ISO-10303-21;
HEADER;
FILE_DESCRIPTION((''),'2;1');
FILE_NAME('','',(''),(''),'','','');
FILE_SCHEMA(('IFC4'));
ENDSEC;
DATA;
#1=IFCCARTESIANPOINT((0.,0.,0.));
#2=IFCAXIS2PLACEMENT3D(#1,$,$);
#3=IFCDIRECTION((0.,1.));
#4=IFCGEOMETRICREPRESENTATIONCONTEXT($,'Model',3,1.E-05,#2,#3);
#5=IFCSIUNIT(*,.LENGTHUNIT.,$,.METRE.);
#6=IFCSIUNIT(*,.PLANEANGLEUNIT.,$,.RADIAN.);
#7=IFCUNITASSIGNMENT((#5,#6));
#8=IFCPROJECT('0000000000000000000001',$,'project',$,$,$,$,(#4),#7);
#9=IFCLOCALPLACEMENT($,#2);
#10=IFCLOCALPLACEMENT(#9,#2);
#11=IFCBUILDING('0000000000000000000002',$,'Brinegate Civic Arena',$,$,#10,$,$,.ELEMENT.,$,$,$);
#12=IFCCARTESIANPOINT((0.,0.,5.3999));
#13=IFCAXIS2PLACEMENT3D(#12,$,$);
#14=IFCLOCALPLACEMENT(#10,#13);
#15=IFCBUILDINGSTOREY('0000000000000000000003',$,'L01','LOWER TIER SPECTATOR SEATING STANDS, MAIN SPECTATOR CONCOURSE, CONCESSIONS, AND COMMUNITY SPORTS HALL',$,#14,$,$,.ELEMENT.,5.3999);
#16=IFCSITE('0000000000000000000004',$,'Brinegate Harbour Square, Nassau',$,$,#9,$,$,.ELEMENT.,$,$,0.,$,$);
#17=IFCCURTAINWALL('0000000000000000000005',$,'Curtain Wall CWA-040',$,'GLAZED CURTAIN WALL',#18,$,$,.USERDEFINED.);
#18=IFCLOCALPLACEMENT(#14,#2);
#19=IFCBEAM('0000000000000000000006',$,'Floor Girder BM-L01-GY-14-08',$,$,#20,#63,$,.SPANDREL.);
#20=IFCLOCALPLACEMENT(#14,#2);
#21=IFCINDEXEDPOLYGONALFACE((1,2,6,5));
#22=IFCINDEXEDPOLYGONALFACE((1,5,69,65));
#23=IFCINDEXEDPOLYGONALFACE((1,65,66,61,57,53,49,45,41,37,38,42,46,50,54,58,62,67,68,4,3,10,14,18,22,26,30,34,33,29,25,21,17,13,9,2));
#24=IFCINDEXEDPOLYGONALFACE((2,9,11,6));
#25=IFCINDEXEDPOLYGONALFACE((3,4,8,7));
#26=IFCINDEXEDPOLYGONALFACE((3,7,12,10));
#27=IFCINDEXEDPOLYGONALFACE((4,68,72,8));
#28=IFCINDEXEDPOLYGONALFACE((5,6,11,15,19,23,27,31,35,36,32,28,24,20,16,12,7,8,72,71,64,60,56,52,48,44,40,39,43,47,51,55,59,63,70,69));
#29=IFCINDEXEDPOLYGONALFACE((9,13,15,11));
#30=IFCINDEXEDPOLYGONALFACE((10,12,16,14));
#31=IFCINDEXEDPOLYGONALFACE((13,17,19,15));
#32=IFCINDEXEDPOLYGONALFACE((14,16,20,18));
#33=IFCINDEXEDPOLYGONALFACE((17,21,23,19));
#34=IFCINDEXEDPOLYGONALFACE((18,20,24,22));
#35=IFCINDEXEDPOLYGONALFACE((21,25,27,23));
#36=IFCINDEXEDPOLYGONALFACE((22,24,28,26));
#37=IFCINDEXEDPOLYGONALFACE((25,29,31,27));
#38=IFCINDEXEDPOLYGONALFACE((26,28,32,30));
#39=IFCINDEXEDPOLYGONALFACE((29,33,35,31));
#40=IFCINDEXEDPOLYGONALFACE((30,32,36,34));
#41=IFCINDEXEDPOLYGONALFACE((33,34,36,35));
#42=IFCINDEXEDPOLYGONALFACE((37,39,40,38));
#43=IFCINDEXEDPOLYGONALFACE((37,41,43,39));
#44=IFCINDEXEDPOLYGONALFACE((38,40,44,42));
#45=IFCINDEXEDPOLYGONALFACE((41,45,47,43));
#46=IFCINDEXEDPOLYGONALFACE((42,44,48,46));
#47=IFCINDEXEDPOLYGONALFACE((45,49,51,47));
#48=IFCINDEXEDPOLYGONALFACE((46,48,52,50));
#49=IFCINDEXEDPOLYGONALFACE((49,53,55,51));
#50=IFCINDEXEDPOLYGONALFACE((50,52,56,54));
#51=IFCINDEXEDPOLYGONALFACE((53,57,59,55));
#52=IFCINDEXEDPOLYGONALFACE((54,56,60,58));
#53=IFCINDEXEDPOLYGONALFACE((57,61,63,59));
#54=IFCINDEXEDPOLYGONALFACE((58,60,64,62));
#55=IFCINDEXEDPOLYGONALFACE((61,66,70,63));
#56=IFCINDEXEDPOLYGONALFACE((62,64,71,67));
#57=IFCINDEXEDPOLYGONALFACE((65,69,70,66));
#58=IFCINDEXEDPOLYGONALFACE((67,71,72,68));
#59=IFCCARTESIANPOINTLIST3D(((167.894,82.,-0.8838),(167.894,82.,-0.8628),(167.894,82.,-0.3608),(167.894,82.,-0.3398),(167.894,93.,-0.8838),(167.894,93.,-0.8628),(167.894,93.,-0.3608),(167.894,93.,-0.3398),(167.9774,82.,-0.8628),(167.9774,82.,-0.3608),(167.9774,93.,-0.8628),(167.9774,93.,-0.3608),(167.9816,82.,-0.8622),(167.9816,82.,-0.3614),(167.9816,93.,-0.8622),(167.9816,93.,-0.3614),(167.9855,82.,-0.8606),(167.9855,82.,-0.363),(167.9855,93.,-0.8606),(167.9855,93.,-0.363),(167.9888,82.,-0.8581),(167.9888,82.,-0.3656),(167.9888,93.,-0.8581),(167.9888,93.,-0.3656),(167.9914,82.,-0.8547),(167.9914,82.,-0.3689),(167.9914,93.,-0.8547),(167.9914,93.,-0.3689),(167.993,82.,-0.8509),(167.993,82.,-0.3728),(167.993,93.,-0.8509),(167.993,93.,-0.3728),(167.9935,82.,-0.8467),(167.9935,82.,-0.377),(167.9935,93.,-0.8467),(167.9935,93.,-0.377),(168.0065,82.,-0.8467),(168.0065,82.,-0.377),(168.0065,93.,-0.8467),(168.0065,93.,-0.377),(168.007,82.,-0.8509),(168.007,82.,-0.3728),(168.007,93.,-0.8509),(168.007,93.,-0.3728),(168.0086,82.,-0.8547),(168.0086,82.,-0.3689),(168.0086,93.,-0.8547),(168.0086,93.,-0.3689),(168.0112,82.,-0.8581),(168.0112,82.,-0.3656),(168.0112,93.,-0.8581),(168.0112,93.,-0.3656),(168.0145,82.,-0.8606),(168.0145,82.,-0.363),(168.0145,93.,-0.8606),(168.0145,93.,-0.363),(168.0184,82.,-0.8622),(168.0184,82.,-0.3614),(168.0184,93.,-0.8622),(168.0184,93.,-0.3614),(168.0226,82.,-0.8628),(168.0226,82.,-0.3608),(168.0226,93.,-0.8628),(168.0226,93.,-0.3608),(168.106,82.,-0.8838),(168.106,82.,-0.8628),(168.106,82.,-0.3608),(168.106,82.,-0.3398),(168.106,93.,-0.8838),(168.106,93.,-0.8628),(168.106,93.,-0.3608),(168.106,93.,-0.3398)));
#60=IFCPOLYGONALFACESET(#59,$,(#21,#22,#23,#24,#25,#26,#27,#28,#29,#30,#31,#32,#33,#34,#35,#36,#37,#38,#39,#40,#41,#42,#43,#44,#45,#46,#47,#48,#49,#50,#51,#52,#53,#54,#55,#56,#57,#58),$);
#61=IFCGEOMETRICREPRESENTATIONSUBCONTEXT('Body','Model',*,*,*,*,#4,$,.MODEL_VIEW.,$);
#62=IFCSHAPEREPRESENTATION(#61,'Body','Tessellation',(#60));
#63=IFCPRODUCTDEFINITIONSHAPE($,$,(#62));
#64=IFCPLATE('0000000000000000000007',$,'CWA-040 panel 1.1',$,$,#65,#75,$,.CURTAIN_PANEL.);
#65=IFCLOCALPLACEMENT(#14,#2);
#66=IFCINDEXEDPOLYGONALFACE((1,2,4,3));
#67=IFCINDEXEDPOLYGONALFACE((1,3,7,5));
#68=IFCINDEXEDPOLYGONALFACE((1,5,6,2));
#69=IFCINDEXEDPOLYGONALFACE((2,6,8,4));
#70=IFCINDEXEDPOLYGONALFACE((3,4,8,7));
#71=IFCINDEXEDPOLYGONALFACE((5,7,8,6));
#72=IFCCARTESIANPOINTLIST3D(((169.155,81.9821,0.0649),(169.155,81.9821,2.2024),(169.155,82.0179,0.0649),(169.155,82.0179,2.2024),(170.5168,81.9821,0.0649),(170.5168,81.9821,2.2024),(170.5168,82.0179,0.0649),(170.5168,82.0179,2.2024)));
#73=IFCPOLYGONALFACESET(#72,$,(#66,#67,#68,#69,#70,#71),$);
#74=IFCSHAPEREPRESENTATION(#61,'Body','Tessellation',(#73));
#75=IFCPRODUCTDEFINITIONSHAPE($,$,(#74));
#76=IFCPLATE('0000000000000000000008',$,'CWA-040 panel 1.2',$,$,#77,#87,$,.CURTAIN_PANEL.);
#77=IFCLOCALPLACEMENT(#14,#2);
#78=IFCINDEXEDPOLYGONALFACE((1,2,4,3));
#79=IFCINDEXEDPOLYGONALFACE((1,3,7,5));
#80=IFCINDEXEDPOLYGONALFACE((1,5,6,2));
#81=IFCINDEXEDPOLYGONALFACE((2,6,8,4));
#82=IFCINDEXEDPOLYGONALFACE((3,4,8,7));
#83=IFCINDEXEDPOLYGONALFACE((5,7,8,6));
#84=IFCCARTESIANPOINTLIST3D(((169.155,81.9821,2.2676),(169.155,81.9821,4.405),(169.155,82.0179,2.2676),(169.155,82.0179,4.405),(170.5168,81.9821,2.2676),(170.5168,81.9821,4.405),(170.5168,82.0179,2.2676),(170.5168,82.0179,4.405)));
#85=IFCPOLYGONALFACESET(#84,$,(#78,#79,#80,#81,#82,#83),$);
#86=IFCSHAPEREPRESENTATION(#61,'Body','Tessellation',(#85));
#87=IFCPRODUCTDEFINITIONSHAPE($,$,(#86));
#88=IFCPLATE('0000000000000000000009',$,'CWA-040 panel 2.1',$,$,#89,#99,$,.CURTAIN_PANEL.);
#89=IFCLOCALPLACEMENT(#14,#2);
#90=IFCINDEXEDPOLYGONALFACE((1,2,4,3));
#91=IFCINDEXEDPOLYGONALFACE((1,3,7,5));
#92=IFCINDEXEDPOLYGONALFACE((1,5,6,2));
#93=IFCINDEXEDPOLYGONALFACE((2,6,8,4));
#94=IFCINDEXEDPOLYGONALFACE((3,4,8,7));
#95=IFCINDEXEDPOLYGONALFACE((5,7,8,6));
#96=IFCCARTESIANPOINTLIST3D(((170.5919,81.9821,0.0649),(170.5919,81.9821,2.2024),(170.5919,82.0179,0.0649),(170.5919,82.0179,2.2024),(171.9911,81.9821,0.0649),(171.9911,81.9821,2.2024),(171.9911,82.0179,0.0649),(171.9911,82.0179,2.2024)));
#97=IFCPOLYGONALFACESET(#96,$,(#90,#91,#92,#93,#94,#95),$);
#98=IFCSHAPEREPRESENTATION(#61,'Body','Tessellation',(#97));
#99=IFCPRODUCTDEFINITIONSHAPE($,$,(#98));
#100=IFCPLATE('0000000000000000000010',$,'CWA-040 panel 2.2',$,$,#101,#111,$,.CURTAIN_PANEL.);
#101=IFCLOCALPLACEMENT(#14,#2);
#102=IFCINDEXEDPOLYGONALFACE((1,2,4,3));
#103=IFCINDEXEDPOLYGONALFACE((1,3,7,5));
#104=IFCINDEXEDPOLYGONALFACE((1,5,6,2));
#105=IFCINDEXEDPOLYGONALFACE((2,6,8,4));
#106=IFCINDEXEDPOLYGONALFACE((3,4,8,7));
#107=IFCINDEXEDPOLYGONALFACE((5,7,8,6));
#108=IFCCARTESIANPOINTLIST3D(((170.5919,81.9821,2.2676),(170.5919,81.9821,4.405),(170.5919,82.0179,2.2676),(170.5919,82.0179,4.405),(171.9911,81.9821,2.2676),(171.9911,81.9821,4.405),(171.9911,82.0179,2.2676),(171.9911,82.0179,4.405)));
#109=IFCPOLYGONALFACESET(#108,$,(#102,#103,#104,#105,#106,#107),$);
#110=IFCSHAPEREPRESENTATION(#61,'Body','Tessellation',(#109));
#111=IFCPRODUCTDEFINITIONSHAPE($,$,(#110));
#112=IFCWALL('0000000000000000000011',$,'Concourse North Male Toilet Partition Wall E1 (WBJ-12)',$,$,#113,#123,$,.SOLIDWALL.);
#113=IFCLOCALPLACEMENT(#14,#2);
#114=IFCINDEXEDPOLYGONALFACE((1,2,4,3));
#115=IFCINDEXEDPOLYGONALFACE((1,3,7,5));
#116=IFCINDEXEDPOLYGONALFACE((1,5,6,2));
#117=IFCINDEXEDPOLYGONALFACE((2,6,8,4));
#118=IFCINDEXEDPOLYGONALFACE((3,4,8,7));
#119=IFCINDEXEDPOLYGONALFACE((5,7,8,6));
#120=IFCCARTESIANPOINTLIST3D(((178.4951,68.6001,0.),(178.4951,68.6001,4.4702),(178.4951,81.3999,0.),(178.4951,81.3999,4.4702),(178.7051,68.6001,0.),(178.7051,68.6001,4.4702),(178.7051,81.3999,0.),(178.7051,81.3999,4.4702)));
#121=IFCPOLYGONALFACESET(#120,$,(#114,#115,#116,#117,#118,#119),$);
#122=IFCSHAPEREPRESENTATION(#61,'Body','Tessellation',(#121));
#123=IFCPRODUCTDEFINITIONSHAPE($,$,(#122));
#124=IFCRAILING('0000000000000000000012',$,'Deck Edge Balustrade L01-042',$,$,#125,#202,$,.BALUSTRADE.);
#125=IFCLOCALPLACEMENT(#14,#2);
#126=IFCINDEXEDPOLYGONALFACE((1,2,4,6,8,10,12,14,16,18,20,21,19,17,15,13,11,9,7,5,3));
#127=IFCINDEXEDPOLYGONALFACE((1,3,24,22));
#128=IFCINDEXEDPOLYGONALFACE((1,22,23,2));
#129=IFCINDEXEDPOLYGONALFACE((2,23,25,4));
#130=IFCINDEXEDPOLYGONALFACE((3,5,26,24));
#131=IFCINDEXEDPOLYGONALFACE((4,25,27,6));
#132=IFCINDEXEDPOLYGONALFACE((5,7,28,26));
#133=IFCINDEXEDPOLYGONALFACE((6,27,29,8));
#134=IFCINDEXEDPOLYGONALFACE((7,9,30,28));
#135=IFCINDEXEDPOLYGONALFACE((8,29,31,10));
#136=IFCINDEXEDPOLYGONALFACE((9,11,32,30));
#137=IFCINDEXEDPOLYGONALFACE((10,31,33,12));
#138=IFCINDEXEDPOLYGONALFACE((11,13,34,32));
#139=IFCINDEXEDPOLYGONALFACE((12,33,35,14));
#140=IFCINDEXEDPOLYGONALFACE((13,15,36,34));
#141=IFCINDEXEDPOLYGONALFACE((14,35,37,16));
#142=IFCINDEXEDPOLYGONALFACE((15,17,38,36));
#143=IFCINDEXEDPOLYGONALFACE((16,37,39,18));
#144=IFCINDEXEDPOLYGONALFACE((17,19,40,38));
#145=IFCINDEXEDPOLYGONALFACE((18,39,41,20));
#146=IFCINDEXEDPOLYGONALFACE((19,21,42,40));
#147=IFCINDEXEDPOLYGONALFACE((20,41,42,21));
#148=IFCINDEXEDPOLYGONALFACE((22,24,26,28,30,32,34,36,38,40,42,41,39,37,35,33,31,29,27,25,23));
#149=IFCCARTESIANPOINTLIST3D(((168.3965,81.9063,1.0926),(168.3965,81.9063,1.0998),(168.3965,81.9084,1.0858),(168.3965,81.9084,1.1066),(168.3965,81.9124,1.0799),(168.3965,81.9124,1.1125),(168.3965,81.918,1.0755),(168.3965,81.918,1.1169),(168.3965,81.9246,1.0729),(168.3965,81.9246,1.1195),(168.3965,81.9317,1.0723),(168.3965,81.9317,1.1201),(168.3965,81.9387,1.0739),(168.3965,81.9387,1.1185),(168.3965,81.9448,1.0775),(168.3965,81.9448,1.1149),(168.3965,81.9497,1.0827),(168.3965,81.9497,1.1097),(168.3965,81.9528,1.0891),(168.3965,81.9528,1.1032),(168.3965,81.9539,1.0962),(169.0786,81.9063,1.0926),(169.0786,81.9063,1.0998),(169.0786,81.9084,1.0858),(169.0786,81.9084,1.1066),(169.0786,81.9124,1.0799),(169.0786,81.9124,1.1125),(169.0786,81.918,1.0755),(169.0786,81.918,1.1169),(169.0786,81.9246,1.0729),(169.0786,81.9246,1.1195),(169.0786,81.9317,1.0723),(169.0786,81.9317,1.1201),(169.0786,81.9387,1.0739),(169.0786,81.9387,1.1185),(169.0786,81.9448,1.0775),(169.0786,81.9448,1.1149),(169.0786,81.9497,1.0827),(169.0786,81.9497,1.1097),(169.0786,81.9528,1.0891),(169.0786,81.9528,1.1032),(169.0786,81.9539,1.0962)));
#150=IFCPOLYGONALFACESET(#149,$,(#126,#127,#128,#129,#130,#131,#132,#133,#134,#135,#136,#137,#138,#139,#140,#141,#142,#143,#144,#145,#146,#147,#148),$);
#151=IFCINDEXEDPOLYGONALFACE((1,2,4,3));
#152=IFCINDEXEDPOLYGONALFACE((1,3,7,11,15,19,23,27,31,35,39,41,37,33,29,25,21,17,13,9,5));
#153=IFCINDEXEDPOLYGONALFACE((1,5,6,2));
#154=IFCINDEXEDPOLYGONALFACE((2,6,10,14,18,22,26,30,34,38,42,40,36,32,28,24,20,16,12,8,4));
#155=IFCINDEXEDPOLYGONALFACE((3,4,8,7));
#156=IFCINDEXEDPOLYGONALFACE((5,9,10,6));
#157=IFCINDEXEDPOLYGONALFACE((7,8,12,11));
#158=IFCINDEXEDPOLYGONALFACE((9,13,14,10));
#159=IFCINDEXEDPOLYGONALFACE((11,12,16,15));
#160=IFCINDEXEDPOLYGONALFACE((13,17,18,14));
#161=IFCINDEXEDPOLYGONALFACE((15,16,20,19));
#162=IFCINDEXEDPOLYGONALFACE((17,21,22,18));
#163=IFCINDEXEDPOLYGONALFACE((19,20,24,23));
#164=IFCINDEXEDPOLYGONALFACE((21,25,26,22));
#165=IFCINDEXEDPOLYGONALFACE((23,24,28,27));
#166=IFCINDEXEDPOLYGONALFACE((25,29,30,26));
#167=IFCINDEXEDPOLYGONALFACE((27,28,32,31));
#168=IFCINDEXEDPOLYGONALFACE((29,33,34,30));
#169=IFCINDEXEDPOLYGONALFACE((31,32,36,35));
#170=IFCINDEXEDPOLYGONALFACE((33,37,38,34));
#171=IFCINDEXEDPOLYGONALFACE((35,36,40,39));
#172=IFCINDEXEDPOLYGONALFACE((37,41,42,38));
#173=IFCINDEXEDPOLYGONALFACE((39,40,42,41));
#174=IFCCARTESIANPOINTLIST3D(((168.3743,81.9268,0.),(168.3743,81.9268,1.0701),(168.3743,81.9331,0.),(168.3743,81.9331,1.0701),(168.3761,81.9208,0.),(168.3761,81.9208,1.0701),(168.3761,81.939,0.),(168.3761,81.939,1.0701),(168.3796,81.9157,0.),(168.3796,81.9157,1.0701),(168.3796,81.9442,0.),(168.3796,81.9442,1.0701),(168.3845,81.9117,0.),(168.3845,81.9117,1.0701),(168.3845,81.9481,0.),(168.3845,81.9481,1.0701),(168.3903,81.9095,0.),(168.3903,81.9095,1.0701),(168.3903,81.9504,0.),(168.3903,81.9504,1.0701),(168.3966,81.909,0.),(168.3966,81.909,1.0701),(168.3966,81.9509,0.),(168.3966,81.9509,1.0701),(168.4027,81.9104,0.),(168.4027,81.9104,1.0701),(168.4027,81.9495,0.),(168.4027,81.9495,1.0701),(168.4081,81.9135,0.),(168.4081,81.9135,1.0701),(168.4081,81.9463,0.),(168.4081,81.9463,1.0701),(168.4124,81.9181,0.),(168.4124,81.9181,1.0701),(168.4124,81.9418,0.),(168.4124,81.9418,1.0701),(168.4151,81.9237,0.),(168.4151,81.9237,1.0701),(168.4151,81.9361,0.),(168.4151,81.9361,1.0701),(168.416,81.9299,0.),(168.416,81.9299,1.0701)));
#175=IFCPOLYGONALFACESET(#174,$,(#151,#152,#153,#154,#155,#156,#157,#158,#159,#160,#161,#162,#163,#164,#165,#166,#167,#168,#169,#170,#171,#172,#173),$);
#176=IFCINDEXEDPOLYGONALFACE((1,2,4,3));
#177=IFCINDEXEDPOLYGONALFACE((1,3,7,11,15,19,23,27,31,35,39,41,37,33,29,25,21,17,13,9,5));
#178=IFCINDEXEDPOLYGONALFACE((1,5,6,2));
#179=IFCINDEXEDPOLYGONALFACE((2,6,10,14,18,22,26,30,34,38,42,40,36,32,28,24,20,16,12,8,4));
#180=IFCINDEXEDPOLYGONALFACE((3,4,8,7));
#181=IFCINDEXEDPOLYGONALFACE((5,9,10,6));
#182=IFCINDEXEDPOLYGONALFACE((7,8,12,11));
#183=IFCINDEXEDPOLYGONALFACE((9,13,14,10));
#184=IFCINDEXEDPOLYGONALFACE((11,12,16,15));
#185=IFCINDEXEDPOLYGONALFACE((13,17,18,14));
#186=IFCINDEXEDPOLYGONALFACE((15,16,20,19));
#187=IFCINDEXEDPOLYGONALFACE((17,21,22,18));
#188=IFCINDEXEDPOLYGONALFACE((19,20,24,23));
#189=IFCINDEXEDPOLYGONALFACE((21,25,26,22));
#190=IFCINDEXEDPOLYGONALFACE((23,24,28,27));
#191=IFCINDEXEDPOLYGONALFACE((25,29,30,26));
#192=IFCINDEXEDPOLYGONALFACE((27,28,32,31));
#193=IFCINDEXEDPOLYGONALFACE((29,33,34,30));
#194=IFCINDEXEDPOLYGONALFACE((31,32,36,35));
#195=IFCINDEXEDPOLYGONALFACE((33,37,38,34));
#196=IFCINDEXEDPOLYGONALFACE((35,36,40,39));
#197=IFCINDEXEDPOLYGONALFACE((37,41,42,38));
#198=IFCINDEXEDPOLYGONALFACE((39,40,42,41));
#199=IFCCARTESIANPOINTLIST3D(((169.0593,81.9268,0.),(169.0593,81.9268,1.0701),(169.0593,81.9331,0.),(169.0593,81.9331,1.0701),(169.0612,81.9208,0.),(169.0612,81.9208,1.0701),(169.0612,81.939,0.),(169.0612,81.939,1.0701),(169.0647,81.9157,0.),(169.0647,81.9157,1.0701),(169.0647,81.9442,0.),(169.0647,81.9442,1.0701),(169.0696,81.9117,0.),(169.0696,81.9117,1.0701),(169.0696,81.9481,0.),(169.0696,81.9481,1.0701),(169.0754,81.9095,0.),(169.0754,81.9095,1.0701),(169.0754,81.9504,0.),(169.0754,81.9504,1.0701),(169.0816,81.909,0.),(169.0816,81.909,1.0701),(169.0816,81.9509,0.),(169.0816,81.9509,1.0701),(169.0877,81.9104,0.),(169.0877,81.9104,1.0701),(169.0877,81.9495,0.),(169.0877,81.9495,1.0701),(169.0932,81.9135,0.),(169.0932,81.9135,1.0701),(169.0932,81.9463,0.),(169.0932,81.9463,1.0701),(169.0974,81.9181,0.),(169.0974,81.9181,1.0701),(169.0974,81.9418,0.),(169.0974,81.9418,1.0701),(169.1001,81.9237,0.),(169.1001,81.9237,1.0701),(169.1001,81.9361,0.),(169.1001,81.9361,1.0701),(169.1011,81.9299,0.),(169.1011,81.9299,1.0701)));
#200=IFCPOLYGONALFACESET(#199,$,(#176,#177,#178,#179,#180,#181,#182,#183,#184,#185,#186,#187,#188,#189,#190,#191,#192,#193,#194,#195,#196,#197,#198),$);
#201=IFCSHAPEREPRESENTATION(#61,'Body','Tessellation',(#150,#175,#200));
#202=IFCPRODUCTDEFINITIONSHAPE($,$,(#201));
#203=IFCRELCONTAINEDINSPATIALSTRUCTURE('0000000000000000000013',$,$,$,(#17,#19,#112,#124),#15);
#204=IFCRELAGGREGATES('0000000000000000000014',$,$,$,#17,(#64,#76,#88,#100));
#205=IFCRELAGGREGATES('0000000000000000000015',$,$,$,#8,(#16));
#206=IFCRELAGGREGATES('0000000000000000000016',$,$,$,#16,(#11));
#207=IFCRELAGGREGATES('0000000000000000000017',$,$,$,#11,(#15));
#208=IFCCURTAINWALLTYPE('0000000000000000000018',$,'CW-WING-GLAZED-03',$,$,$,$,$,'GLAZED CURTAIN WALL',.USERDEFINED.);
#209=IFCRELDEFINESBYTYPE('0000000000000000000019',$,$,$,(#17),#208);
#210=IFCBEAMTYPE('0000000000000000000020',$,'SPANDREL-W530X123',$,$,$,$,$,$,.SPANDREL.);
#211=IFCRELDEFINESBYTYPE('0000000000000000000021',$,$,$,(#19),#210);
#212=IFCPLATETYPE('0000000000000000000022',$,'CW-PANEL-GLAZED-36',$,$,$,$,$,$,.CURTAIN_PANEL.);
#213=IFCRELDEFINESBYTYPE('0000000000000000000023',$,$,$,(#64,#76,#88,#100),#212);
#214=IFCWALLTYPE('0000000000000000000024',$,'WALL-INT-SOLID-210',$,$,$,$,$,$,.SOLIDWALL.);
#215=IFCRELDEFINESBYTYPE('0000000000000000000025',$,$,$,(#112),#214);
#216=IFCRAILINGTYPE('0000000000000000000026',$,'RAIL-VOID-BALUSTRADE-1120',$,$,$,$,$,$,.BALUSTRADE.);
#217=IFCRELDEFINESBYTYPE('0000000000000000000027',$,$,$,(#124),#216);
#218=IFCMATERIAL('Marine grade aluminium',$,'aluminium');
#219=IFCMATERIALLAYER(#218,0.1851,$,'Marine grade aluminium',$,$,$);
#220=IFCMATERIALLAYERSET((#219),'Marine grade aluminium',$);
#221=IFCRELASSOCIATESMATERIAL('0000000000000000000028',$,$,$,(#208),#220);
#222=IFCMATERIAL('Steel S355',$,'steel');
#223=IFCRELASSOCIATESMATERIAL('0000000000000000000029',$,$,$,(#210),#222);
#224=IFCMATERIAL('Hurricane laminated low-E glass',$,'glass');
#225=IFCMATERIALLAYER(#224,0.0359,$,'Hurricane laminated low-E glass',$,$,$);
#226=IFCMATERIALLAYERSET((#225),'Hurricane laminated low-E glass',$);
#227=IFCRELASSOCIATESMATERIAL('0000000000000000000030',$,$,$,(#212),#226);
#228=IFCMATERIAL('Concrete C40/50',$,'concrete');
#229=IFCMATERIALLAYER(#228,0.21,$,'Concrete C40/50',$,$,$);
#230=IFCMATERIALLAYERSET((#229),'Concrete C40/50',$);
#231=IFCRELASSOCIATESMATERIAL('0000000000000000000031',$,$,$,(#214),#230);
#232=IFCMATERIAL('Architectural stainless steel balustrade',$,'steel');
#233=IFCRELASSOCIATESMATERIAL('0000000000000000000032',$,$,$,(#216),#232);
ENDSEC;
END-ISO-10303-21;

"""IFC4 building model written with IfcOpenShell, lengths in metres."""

from ifc_helpers import new_model, si_unit, direction, frame, frame_2d, origin, origin_2d, place, context, subcontext, project, spatial, rectangle, circle, i_section, extrude, material, layer, layer_set, material_profile, profile_set, type_object, element, aggregate, save


model = new_model("IFC4")

# Units and contexts
model_context = context("Model", 3, precision=1e-05, world=origin(), true_north=direction((0.0, 1.0)))
body_context = subcontext(model_context, "Body", "Model", "MODEL_VIEW")
ifc_project = project(units=[si_unit("LENGTHUNIT", "METRE"), si_unit("PLANEANGLEUNIT", "RADIAN")], contexts=[model_context])

# Site, building, storey
site_placement = place(None, origin())
site = spatial("IfcSite", under=ifc_project, at=site_placement, Name="Brinegate Harbour Square, Nassau", CompositionType="ELEMENT", RefElevation=0.0)
building_placement = place(site_placement, origin())
building = spatial("IfcBuilding", under=site, at=building_placement, Name="Brinegate Civic Arena", CompositionType="ELEMENT")
storey_placement = place(building_placement, frame((0.0, 0.0, 5.3999)))
storey = spatial("IfcBuildingStorey", under=building, at=storey_placement, Name="L01", Description="LOWER TIER SPECTATOR SEATING STANDS, MAIN SPECTATOR CONCOURSE, CONCESSIONS, AND COMMUNITY SPORTS HALL", CompositionType="ELEMENT", Elevation=5.3999)

# Curtain wall
ifc_material_1 = material(Name="Marine grade aluminium", Category="aluminium")
ifc_layer_1 = layer(ifc_material_1, 0.1851, Name="Marine grade aluminium")
ifc_layer_set_1 = layer_set([ifc_layer_1], Name="Marine grade aluminium")
curtain_wall_type = type_object("IfcCurtainWallType", Name="CW-WING-GLAZED-03", ElementType="GLAZED CURTAIN WALL", PredefinedType="USERDEFINED", material=ifc_layer_set_1)
curtain_wall_placement = place(storey_placement, origin())
curtain_wall = element("IfcCurtainWall", 1, at=curtain_wall_placement, inside=storey, type_object=curtain_wall_type, Name="Curtain Wall CWA-040", ObjectType="GLAZED CURTAIN WALL", PredefinedType="USERDEFINED")

# Beam
ifc_material_2 = material(Name="Steel S355", Category="steel")
ifc_material_profile_1 = material_profile(ifc_material_2, i_section(OverallWidth=0.2119, OverallDepth=0.5439, WebThickness=0.0129, FlangeThickness=0.021, FilletRadius=0.0161, at=origin_2d()), Name="W530X123")
ifc_profile_set_1 = profile_set([ifc_material_profile_1], Name="Steel S355")
beam_type_1 = type_object("IfcBeamType", Name="SPANDREL-W530X123", PredefinedType="SPANDREL", material=ifc_profile_set_1)
beam_1_placement = place(storey_placement, frame((168.0, 82.0, -0.6118), z_axis=(0.0, 1.0, 0.0), x_axis=(-1.0, 0.0, 0.0)))
element("IfcBeam", 2, at=beam_1_placement, inside=storey, type_object=beam_type_1, Name="Floor Girder BM-L01-GY-14-08", PredefinedType="SPANDREL", context=body_context, shape_type="SweptSolid", body=[
    extrude(i_section(OverallWidth=0.2119, OverallDepth=0.5439, WebThickness=0.0129, FlangeThickness=0.021, FilletRadius=0.0161, at=origin_2d()), origin(), (0.0, 0.0, 1.0), 11.0),
])

# Plates
ifc_material_3 = material(Name="Hurricane laminated low-E glass", Category="glass")
ifc_layer_2 = layer(ifc_material_3, 0.0359, Name="Hurricane laminated low-E glass")
ifc_layer_set_2 = layer_set([ifc_layer_2], Name="Hurricane laminated low-E glass")
plate_type = type_object("IfcPlateType", Name="CW-PANEL-GLAZED-36", PredefinedType="CURTAIN_PANEL", material=ifc_layer_set_2)
plate_1_placement = place(storey_placement, frame((169.8359, 82.0, 0.0649), z_axis=(0.0, 0.0, 1.0), x_axis=(1.0, 0.0, 0.0)))
plate_1 = element("IfcPlate", 3, at=plate_1_placement, type_object=plate_type, Name="CWA-040 panel 1.1", PredefinedType="CURTAIN_PANEL", context=body_context, shape_type="SweptSolid", body=[
    extrude(rectangle(XDim=1.3618, YDim=0.0359, at=origin_2d()), origin(), (0.0, 0.0, 1.0), 2.1375),
])
plate_2_placement = place(storey_placement, frame((169.8359, 82.0, 2.2676), z_axis=(0.0, 0.0, 1.0), x_axis=(1.0, 0.0, 0.0)))
plate_2 = element("IfcPlate", 4, at=plate_2_placement, type_object=plate_type, Name="CWA-040 panel 1.2", PredefinedType="CURTAIN_PANEL", context=body_context, shape_type="SweptSolid", body=[
    extrude(rectangle(XDim=1.3618, YDim=0.0359, at=origin_2d()), origin(), (0.0, 0.0, 1.0), 2.1375),
])
plate_3_placement = place(storey_placement, frame((171.2915, 82.0, 0.0649), z_axis=(0.0, 0.0, 1.0), x_axis=(1.0, 0.0, 0.0)))
plate_3 = element("IfcPlate", 5, at=plate_3_placement, type_object=plate_type, Name="CWA-040 panel 2.1", PredefinedType="CURTAIN_PANEL", context=body_context, shape_type="SweptSolid", body=[
    extrude(rectangle(XDim=1.3992, YDim=0.0359, at=origin_2d()), origin(), (0.0, 0.0, 1.0), 2.1375),
])
plate_4_placement = place(storey_placement, frame((171.2915, 82.0, 2.2676), z_axis=(0.0, 0.0, 1.0), x_axis=(1.0, 0.0, 0.0)))
plate_4 = element("IfcPlate", 6, at=plate_4_placement, type_object=plate_type, Name="CWA-040 panel 2.2", PredefinedType="CURTAIN_PANEL", context=body_context, shape_type="SweptSolid", body=[
    extrude(rectangle(XDim=1.3992, YDim=0.0359, at=origin_2d()), origin(), (0.0, 0.0, 1.0), 2.1375),
])
aggregate(curtain_wall, [plate_1, plate_2, plate_3, plate_4])

# Wall
ifc_material_4 = material(Name="Concrete C40/50", Category="concrete")
ifc_layer_3 = layer(ifc_material_4, 0.21, Name="Concrete C40/50")
ifc_layer_set_3 = layer_set([ifc_layer_3], Name="Concrete C40/50")
wall_type = type_object("IfcWallType", Name="WALL-INT-SOLID-210", PredefinedType="SOLIDWALL", material=ifc_layer_set_3)
wall_placement = place(storey_placement, frame((178.6001, 81.3999, 0.0), z_axis=(0.0, 0.0, 1.0), x_axis=(0.0, -1.0, 0.0)))
element("IfcWall", 7, at=wall_placement, inside=storey, type_object=wall_type, Name="Concourse North Male Toilet Partition Wall E1 (WBJ-12)", PredefinedType="SOLIDWALL", context=body_context, shape_type="SweptSolid", body=[
    extrude(rectangle(XDim=12.7998, YDim=0.21, at=frame_2d((6.3999, 0.0))), origin(), (0.0, 0.0, 1.0), 4.4702),
])

# Railing
ifc_material_5 = material(Name="Architectural stainless steel balustrade", Category="steel")
railing_type = type_object("IfcRailingType", Name="RAIL-VOID-BALUSTRADE-1120", PredefinedType="BALUSTRADE", material=ifc_material_5)
railing_1_placement = place(storey_placement, frame((168.395, 81.9299, 0.0)))
element("IfcRailing", 8, at=railing_1_placement, inside=storey, type_object=railing_type, Name="Deck Edge Balustrade L01-042", PredefinedType="BALUSTRADE", context=body_context, shape_type="SweptSolid", body=[
    extrude(circle(Radius=0.0239, at=origin_2d()), frame((0.0015, 0.0, 1.0962), z_axis=(1.0, 0.0, 0.0), x_axis=(0.0, 1.0, 0.0)), (0.0, 0.0, 1.0), 0.6821),
    extrude(circle(Radius=0.021, at=origin_2d()), origin(), (0.0, 0.0, 1.0), 1.0701),
    extrude(circle(Radius=0.021, at=origin_2d()), frame((0.6851, 0.0, 0.0)), (0.0, 0.0, 1.0), 1.0701),
])

save(model, "model.ifc")
